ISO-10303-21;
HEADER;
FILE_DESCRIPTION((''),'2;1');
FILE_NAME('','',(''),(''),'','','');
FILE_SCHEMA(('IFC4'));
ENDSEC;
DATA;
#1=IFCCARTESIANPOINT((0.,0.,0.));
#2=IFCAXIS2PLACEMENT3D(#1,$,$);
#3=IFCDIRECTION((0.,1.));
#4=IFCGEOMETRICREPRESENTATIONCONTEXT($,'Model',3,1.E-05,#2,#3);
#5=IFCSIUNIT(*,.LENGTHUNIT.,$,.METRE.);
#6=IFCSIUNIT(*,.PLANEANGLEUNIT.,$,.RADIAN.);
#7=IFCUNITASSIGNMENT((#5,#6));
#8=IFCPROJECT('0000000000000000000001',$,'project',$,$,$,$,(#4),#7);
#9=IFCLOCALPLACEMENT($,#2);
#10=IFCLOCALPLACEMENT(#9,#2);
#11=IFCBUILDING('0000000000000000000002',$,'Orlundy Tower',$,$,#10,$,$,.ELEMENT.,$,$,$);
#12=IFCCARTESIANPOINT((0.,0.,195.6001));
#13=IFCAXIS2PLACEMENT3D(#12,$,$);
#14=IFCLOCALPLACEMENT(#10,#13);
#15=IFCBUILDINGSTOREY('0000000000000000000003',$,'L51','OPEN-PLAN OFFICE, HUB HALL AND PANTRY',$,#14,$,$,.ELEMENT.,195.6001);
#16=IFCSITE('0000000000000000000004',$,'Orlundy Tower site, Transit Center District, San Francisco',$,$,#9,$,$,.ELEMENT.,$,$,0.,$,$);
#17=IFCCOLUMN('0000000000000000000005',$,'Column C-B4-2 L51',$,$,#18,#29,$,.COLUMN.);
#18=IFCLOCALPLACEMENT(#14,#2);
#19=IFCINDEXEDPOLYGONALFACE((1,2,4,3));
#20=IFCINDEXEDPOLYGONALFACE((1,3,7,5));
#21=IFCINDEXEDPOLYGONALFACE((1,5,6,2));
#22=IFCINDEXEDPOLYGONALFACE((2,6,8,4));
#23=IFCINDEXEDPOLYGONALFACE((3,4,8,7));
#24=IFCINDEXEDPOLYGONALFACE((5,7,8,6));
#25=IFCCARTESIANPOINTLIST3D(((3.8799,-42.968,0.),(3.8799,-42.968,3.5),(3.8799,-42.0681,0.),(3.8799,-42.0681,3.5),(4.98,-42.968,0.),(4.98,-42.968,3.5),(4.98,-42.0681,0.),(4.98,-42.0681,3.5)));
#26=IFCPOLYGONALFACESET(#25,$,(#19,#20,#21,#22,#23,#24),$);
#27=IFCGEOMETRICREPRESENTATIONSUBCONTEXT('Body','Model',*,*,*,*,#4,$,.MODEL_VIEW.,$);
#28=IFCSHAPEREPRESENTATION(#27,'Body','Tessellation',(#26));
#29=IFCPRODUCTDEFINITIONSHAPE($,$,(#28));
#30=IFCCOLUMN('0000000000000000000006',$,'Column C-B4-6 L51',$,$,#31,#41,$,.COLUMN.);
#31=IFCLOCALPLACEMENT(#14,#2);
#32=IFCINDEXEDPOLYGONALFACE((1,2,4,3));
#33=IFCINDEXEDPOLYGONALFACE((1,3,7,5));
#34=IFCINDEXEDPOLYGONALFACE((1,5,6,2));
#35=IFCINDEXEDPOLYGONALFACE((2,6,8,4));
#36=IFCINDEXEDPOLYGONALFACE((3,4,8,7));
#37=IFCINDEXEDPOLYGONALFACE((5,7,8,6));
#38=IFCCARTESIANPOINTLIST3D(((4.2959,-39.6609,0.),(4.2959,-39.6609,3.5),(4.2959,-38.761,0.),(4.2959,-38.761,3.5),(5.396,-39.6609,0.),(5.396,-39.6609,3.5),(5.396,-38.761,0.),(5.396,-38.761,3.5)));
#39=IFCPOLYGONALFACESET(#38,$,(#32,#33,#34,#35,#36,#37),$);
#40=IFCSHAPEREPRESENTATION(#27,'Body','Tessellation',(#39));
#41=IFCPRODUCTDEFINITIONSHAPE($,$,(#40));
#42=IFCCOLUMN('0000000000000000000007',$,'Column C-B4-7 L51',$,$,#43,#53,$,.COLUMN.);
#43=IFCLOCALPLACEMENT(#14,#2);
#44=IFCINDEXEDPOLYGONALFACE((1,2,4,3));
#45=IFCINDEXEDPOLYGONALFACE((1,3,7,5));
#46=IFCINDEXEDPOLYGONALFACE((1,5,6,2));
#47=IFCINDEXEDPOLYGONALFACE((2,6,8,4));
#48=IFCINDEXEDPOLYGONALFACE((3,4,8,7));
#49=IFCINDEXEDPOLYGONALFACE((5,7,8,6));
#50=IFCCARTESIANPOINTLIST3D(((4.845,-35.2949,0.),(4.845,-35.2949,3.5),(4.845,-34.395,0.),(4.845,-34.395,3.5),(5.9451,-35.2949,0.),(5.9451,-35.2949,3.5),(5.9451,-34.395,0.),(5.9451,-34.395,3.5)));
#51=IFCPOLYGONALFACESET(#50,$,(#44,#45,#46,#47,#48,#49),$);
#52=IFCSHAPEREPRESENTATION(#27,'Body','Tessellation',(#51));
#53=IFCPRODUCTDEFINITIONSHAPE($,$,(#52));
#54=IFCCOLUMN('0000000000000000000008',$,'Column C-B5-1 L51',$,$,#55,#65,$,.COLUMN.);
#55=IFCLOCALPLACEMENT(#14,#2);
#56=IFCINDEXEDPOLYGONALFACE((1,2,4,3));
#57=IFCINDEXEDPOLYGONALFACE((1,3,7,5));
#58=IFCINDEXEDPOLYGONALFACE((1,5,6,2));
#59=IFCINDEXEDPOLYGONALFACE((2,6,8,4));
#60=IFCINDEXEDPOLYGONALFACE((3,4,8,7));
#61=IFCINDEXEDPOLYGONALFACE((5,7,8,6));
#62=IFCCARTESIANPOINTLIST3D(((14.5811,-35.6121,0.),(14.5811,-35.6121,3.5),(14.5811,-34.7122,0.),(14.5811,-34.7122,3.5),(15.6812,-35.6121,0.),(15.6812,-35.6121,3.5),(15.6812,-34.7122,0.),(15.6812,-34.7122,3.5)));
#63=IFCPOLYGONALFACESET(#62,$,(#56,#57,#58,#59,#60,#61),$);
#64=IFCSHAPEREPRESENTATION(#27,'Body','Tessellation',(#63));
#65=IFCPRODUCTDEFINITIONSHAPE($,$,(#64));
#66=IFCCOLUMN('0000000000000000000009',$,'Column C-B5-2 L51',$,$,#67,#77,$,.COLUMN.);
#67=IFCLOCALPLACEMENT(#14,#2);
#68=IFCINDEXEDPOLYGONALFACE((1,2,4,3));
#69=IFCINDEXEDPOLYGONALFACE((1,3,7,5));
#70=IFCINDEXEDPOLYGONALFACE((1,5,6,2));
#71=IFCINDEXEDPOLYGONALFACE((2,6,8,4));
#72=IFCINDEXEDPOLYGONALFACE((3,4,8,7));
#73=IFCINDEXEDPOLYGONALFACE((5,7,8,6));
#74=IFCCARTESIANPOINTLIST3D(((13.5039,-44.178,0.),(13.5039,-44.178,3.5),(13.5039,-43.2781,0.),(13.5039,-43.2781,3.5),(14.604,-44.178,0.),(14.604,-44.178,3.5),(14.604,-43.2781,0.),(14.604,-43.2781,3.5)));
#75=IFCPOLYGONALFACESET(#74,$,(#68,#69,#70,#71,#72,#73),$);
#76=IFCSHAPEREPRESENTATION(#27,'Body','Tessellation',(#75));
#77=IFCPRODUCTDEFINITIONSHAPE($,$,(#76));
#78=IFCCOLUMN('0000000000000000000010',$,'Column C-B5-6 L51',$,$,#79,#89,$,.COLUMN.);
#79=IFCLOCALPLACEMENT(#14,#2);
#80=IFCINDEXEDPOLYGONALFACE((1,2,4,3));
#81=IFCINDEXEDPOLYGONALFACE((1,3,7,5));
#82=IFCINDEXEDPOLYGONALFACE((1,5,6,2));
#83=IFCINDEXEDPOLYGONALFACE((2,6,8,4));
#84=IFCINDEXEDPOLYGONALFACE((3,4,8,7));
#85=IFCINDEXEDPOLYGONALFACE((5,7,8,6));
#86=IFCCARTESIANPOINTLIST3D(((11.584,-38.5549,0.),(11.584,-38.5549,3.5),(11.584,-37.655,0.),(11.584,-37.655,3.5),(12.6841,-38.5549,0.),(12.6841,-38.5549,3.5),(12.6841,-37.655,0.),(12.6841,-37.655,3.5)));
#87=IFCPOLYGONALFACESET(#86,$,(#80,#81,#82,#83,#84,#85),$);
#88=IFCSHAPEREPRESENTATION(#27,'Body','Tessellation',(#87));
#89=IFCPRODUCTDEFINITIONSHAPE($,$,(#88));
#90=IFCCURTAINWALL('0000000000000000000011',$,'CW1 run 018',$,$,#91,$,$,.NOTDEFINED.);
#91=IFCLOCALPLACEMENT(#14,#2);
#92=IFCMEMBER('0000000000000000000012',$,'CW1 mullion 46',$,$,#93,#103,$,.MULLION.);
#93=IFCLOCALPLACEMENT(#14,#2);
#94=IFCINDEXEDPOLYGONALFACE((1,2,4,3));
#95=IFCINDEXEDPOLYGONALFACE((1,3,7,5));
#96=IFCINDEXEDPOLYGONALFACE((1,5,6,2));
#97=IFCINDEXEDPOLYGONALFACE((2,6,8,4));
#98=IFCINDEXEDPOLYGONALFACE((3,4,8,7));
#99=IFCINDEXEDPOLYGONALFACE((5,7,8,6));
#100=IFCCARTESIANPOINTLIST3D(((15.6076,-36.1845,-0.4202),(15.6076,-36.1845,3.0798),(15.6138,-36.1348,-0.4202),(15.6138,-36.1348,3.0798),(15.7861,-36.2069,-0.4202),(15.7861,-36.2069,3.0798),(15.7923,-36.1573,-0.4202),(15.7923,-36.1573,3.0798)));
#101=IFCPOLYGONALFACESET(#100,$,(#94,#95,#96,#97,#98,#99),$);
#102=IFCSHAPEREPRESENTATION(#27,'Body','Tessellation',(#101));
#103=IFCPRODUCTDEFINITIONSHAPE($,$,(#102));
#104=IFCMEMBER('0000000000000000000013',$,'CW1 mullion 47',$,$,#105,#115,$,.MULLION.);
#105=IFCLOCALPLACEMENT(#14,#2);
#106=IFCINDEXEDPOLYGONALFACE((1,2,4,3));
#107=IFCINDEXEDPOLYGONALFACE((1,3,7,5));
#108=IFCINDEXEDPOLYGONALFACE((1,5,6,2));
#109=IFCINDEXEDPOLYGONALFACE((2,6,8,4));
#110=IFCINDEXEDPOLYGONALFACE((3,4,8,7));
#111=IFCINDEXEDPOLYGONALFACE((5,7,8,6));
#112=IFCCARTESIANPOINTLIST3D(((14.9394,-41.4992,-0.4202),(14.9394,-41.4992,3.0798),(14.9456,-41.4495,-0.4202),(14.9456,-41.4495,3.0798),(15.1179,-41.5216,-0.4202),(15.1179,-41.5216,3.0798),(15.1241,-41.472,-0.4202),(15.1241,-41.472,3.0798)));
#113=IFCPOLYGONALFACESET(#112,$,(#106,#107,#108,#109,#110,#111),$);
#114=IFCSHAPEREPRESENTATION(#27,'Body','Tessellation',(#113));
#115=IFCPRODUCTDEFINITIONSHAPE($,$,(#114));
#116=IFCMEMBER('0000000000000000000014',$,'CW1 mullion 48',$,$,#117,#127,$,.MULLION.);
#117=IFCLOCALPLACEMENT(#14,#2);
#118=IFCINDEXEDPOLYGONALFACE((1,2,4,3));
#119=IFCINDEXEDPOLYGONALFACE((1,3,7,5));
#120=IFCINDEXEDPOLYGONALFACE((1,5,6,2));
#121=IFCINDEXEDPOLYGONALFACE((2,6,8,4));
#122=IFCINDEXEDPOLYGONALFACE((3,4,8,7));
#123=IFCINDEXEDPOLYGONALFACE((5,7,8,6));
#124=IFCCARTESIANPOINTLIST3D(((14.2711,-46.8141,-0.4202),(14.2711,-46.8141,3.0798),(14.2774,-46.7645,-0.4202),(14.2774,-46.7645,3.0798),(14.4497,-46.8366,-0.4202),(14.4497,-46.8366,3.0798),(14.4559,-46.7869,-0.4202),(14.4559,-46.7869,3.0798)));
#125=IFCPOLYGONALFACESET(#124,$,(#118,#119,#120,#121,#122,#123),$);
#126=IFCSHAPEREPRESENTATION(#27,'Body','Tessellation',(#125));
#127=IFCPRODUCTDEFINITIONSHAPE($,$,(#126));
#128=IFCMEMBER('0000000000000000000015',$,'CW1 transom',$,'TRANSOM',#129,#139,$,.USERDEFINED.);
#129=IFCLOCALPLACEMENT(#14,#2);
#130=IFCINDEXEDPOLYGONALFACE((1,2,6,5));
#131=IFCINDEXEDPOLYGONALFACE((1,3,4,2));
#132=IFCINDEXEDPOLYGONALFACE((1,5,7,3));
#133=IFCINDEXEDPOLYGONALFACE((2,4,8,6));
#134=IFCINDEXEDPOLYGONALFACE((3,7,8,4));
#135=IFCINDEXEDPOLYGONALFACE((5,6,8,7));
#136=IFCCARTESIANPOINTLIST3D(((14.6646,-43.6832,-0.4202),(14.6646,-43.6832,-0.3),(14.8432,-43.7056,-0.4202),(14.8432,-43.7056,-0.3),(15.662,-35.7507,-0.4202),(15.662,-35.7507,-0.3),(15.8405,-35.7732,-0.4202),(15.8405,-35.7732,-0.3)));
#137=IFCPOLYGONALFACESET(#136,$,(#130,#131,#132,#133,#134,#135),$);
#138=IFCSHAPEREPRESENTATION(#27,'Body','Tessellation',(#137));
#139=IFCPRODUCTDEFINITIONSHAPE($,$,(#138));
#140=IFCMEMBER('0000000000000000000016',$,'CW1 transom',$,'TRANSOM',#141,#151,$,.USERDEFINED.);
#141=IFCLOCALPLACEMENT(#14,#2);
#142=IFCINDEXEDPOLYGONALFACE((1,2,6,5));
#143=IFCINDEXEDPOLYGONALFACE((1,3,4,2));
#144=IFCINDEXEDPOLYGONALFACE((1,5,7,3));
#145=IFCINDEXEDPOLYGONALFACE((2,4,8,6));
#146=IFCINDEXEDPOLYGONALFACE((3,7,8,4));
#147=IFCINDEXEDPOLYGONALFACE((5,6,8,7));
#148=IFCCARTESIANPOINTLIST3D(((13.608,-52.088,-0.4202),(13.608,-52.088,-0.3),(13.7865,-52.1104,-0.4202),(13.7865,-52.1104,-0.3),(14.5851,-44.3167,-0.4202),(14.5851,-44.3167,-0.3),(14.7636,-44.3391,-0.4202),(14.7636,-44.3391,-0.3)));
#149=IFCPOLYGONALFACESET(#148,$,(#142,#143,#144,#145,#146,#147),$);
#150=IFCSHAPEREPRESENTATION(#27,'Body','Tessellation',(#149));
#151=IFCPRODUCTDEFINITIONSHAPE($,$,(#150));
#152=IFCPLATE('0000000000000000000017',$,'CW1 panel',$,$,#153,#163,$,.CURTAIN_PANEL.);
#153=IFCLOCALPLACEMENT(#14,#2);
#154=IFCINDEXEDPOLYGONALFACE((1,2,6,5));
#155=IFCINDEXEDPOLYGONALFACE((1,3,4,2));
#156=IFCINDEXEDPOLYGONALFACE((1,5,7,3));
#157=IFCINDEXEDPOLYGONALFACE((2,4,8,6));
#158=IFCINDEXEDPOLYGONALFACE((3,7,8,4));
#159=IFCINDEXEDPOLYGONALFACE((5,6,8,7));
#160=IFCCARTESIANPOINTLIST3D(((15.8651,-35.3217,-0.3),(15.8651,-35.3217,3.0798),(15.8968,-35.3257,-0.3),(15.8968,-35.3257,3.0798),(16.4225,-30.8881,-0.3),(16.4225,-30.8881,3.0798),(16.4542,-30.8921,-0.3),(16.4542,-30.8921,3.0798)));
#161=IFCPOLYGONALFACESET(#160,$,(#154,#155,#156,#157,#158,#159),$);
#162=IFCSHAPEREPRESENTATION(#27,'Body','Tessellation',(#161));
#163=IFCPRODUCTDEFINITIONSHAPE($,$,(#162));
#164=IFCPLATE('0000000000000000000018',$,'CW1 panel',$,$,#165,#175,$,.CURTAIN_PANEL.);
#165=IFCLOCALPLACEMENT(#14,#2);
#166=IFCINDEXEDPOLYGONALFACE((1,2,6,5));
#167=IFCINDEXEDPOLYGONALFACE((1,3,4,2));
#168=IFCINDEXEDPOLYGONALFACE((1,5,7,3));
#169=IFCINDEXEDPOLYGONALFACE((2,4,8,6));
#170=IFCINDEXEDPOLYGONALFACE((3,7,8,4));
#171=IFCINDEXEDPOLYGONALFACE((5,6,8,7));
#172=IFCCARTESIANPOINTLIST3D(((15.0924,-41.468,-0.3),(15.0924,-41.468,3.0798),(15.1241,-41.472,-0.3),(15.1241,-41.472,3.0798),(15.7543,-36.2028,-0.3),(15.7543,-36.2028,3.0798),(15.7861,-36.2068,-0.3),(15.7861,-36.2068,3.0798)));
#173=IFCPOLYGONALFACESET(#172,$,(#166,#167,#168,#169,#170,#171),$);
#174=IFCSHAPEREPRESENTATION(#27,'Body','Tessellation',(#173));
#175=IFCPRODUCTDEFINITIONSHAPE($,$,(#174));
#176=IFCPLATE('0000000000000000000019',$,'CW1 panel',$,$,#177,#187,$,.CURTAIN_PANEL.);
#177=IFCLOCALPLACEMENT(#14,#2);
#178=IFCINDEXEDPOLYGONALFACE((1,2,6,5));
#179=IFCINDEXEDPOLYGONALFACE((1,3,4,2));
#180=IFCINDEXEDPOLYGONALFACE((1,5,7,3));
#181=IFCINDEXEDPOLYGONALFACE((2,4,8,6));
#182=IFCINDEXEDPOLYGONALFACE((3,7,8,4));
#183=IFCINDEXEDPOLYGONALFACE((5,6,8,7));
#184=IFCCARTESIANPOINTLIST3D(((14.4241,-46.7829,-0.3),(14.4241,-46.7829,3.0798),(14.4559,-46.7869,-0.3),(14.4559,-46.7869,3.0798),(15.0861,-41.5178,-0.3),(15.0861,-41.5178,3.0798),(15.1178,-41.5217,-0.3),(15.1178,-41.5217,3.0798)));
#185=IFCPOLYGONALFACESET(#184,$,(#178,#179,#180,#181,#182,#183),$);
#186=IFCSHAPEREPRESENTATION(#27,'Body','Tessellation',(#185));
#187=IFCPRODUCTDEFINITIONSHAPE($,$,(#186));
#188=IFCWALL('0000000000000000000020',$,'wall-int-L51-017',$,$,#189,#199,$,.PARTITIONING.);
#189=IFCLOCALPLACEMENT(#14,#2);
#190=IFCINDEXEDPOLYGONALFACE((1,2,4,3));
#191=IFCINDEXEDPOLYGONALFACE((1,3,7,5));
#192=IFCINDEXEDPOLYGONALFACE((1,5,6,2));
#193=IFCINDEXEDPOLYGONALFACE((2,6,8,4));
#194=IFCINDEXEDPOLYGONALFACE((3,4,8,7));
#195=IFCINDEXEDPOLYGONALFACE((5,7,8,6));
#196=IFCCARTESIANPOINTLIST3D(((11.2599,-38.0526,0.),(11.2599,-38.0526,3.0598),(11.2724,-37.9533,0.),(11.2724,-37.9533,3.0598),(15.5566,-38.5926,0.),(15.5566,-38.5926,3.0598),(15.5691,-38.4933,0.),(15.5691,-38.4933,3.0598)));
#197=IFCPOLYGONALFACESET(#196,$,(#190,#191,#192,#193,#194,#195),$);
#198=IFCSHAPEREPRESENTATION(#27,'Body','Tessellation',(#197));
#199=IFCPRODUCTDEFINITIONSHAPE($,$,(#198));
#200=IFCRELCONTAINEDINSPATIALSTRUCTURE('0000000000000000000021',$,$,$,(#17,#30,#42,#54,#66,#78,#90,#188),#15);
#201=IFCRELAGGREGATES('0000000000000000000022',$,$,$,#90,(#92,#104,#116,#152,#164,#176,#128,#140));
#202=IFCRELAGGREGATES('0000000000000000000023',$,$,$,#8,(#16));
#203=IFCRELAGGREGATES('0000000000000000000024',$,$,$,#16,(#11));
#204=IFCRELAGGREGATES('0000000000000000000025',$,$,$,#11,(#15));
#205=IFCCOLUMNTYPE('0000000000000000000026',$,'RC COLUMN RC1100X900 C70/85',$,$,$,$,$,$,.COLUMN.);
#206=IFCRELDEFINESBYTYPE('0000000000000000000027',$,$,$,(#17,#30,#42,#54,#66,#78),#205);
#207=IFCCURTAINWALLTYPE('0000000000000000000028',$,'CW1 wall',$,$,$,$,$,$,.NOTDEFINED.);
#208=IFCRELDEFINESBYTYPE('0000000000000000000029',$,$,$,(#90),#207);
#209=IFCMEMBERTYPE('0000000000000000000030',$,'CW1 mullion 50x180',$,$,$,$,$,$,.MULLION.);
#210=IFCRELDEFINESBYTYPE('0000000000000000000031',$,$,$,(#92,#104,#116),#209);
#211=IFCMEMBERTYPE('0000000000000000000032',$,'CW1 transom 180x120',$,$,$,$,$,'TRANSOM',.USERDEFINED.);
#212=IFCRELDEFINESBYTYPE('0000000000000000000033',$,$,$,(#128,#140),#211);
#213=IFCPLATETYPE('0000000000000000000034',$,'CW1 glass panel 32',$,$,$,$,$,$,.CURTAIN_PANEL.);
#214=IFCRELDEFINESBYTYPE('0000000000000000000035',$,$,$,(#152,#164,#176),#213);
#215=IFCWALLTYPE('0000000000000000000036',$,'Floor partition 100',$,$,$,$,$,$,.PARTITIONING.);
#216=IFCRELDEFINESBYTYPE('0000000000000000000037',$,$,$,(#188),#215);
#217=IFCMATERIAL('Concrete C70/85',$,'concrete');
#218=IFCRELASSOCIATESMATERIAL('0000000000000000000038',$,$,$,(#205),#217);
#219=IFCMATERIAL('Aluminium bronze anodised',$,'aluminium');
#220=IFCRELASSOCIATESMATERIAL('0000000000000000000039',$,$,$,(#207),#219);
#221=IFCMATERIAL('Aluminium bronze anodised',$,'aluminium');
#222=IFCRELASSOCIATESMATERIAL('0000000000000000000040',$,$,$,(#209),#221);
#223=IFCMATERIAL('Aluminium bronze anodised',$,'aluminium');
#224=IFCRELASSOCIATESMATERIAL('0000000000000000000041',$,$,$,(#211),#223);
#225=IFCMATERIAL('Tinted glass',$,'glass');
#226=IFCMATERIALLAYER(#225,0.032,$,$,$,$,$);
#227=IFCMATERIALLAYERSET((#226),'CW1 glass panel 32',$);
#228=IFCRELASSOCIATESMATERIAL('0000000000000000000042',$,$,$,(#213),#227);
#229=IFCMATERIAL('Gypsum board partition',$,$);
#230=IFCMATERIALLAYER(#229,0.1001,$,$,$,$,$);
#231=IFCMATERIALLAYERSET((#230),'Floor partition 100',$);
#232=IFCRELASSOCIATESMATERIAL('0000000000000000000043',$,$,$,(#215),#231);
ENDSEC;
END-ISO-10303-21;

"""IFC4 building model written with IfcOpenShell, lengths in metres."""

from ifc_helpers import new_model, si_unit, direction, frame, frame_2d, origin, origin_2d, place, context, subcontext, project, spatial, rectangle, extrude, material, layer, layer_set, material_profile, profile_set, type_object, element, aggregate, save


model = new_model("IFC4")

# Units and contexts
model_context = context("Model", 3, precision=1e-05, world=origin(), true_north=direction((0.0, 1.0)))
body_context = subcontext(model_context, "Body", "Model", "MODEL_VIEW")
ifc_project = project(units=[si_unit("LENGTHUNIT", "METRE"), si_unit("PLANEANGLEUNIT", "RADIAN")], contexts=[model_context])

# Site, building, storey
site_placement = place(None, origin())
site = spatial("IfcSite", under=ifc_project, at=site_placement, Name="Orlundy Tower site, Transit Center District, San Francisco", CompositionType="ELEMENT", RefElevation=0.0)
building_placement = place(site_placement, origin())
building = spatial("IfcBuilding", under=site, at=building_placement, Name="Orlundy Tower", CompositionType="ELEMENT")
storey_placement = place(building_placement, frame((0.0, 0.0, 195.6001)))
storey = spatial("IfcBuildingStorey", under=building, at=storey_placement, Name="L51", Description="OPEN-PLAN OFFICE, HUB HALL AND PANTRY", CompositionType="ELEMENT", Elevation=195.6001)

# Columns
ifc_material_1 = material(Name="Concrete C70/85", Category="concrete")
ifc_material_profile_1 = material_profile(ifc_material_1, rectangle(XDim=1.1001, YDim=0.8999, at=origin_2d()), Name="RC1100X900")
ifc_profile_set_1 = profile_set([ifc_material_profile_1], Name="Concrete C70/85")
column_type = type_object("IfcColumnType", Name="RC COLUMN RC1100X900 C70/85", PredefinedType="COLUMN", material=ifc_profile_set_1)
for number, where, z_axis, x_axis, name in (
    (1, (4.4299, -42.5181, 0.0), (0.0, 0.0, 1.0), (1.0, 0.0, 0.0), "Column C-B4-2 L51"),
    (2, (4.8459, -39.2109, 0.0), (0.0, 0.0, 1.0), (1.0, 0.0, 0.0), "Column C-B4-6 L51"),
    (3, (5.395, -34.845, 0.0), (0.0, 0.0, 1.0), (1.0, 0.0, 0.0), "Column C-B4-7 L51"),
    (4, (15.1311, -35.1621, 0.0), (0.0, 0.0, 1.0), (1.0, 0.0, 0.0), "Column C-B5-1 L51"),
    (5, (14.054, -43.728, 0.0), (0.0, 0.0, 1.0), (1.0, 0.0, 0.0), "Column C-B5-2 L51"),
    (6, (12.134, -38.105, 0.0), (0.0, 0.0, 1.0), (1.0, 0.0, 0.0), "Column C-B5-6 L51"),
):
    element("IfcColumn", number, at=place(storey_placement, frame(where, z_axis=z_axis, x_axis=x_axis)), inside=storey, type_object=column_type, Name=name, PredefinedType="COLUMN", context=body_context, shape_type="SweptSolid", body=[
        extrude(rectangle(XDim=1.1001, YDim=0.8999, at=origin_2d()), origin(), (0.0, 0.0, 1.0), 3.5),
    ])

# Curtain wall, members, plates
ifc_material_2 = material(Name="Aluminium bronze anodised", Category="aluminium")
curtain_wall_type = type_object("IfcCurtainWallType", Name="CW1 wall", PredefinedType="NOTDEFINED", material=ifc_material_2)
curtain_wall_placement = place(storey_placement, origin())
curtain_wall = element("IfcCurtainWall", 7, at=curtain_wall_placement, inside=storey, type_object=curtain_wall_type, Name="CW1 run 018", PredefinedType="NOTDEFINED")
ifc_material_3 = material(Name="Aluminium bronze anodised", Category="aluminium")
ifc_material_profile_2 = material_profile(ifc_material_3, rectangle(XDim=0.1799, YDim=0.05, at=origin_2d()), Name="CW1 mullion 50x180")
ifc_profile_set_2 = profile_set([ifc_material_profile_2], Name="Aluminium bronze anodised")
member_type_1 = type_object("IfcMemberType", Name="CW1 mullion 50x180", PredefinedType="MULLION", material=ifc_profile_set_2)
member_1_placement = place(storey_placement, frame((15.7, -36.1709, -0.4202), z_axis=(0.0, 0.0, 1.0), x_axis=(0.992189, -0.124742, 0.0)))
member_1 = element("IfcMember", 8, at=member_1_placement, type_object=member_type_1, Name="CW1 mullion 46", PredefinedType="MULLION", context=body_context, shape_type="SweptSolid", body=[
    extrude(rectangle(XDim=0.1799, YDim=0.05, at=origin_2d()), origin(), (0.0, 0.0, 1.0), 3.5),
])
member_2_placement = place(storey_placement, frame((15.0317, -41.4856, -0.4202), z_axis=(0.0, 0.0, 1.0), x_axis=(0.992189, -0.124742, 0.0)))
member_2 = element("IfcMember", 9, at=member_2_placement, type_object=member_type_1, Name="CW1 mullion 47", PredefinedType="MULLION", context=body_context, shape_type="SweptSolid", body=[
    extrude(rectangle(XDim=0.1799, YDim=0.05, at=origin_2d()), origin(), (0.0, 0.0, 1.0), 3.5),
])
member_3_placement = place(storey_placement, frame((14.3635, -46.8005, -0.4202), z_axis=(0.0, 0.0, 1.0), x_axis=(0.992189, -0.124742, 0.0)))
member_3 = element("IfcMember", 10, at=member_3_placement, type_object=member_type_1, Name="CW1 mullion 48", PredefinedType="MULLION", context=body_context, shape_type="SweptSolid", body=[
    extrude(rectangle(XDim=0.1799, YDim=0.05, at=origin_2d()), origin(), (0.0, 0.0, 1.0), 3.5),
])
ifc_material_4 = material(Name="Aluminium bronze anodised", Category="aluminium")
ifc_material_profile_3 = material_profile(ifc_material_4, rectangle(XDim=0.1799, YDim=0.1201, at=origin_2d()), Name="CW1 transom 180x120")
ifc_profile_set_3 = profile_set([ifc_material_profile_3], Name="Aluminium bronze anodised")
member_type_2 = type_object("IfcMemberType", Name="CW1 transom 180x120", ElementType="TRANSOM", PredefinedType="USERDEFINED", material=ifc_profile_set_3)
member_4_placement = place(storey_placement, frame((15.7512, -35.762, -0.3601), z_axis=(-0.124745, -0.992189, 0.0), x_axis=(0.992189, -0.124745, 0.0)))
member_4 = element("IfcMember", 11, at=member_4_placement, type_object=member_type_2, Name="CW1 transom", ObjectType="TRANSOM", PredefinedType="USERDEFINED", context=body_context, shape_type="SweptSolid", body=[
    extrude(rectangle(XDim=0.1799, YDim=0.1201, at=origin_2d()), origin(), (0.0, 0.0, 1.0), 7.9949),
])
member_5_placement = place(storey_placement, frame((14.6743, -44.3279, -0.3601), z_axis=(-0.124744, -0.992189, 0.0), x_axis=(0.992189, -0.124744, 0.0)))
member_5 = element("IfcMember", 12, at=member_5_placement, type_object=member_type_2, Name="CW1 transom", ObjectType="TRANSOM", PredefinedType="USERDEFINED", context=body_context, shape_type="SweptSolid", body=[
    extrude(rectangle(XDim=0.1799, YDim=0.1201, at=origin_2d()), origin(), (0.0, 0.0, 1.0), 7.8325),
])
ifc_material_5 = material(Name="Tinted glass", Category="glass")
ifc_layer_1 = layer(ifc_material_5, 0.032)
ifc_layer_set_1 = layer_set([ifc_layer_1], Name="CW1 glass panel 32")
plate_type = type_object("IfcPlateType", Name="CW1 glass panel 32", PredefinedType="CURTAIN_PANEL", material=ifc_layer_set_1)
plate_1_placement = place(storey_placement, frame((16.1597, -33.1069, -0.3), z_axis=(0.0, 0.0, 1.0), x_axis=(-0.124742, -0.992189, 0.0)))
plate_1 = element("IfcPlate", 13, at=plate_1_placement, type_object=plate_type, Name="CW1 panel", PredefinedType="CURTAIN_PANEL", context=body_context, shape_type="SweptSolid", body=[
    extrude(rectangle(XDim=4.4685, YDim=0.032, at=origin_2d()), origin(), (0.0, 0.0, 1.0), 3.3799),
])
plate_2_placement = place(storey_placement, frame((15.4392, -38.8374, -0.3), z_axis=(0.0, 0.0, 1.0), x_axis=(-0.124742, -0.992189, 0.0)))
plate_2 = element("IfcPlate", 14, at=plate_2_placement, type_object=plate_type, Name="CW1 panel", PredefinedType="CURTAIN_PANEL", context=body_context, shape_type="SweptSolid", body=[
    extrude(rectangle(XDim=5.3066, YDim=0.032, at=origin_2d()), origin(), (0.0, 0.0, 1.0), 3.3799),
])
plate_3_placement = place(storey_placement, frame((14.771, -44.1523, -0.3), z_axis=(0.0, 0.0, 1.0), x_axis=(-0.124742, -0.992189, 0.0)))
plate_3 = element("IfcPlate", 15, at=plate_3_placement, type_object=plate_type, Name="CW1 panel", PredefinedType="CURTAIN_PANEL", context=body_context, shape_type="SweptSolid", body=[
    extrude(rectangle(XDim=5.3066, YDim=0.032, at=origin_2d()), origin(), (0.0, 0.0, 1.0), 3.3799),
])
aggregate(curtain_wall, [member_1, member_2, member_3, plate_1, plate_2, plate_3, member_4, member_5])

# Wall
ifc_material_6 = material(Name="Gypsum board partition")
ifc_layer_2 = layer(ifc_material_6, 0.1001)
ifc_layer_set_2 = layer_set([ifc_layer_2], Name="Floor partition 100")
wall_type_1 = type_object("IfcWallType", Name="Floor partition 100", PredefinedType="PARTITIONING", material=ifc_layer_set_2)
for number, where, z_axis, x_axis, name in (
    (16, (11.2661, -38.0029, 0.0), (0.0, 0.0, 1.0), (0.992194, -0.124701, 0.0), "wall-int-L51-017"),
):
    element("IfcWall", number, at=place(storey_placement, frame(where, z_axis=z_axis, x_axis=x_axis)), inside=storey, type_object=wall_type_1, Name=name, PredefinedType="PARTITIONING", context=body_context, shape_type="SweptSolid", body=[
        extrude(rectangle(XDim=4.3306, YDim=0.1001, at=frame_2d((2.1653, 0.0))), origin(), (0.0, 0.0, 1.0), 3.0598),
    ])

save(model, "model.ifc")
